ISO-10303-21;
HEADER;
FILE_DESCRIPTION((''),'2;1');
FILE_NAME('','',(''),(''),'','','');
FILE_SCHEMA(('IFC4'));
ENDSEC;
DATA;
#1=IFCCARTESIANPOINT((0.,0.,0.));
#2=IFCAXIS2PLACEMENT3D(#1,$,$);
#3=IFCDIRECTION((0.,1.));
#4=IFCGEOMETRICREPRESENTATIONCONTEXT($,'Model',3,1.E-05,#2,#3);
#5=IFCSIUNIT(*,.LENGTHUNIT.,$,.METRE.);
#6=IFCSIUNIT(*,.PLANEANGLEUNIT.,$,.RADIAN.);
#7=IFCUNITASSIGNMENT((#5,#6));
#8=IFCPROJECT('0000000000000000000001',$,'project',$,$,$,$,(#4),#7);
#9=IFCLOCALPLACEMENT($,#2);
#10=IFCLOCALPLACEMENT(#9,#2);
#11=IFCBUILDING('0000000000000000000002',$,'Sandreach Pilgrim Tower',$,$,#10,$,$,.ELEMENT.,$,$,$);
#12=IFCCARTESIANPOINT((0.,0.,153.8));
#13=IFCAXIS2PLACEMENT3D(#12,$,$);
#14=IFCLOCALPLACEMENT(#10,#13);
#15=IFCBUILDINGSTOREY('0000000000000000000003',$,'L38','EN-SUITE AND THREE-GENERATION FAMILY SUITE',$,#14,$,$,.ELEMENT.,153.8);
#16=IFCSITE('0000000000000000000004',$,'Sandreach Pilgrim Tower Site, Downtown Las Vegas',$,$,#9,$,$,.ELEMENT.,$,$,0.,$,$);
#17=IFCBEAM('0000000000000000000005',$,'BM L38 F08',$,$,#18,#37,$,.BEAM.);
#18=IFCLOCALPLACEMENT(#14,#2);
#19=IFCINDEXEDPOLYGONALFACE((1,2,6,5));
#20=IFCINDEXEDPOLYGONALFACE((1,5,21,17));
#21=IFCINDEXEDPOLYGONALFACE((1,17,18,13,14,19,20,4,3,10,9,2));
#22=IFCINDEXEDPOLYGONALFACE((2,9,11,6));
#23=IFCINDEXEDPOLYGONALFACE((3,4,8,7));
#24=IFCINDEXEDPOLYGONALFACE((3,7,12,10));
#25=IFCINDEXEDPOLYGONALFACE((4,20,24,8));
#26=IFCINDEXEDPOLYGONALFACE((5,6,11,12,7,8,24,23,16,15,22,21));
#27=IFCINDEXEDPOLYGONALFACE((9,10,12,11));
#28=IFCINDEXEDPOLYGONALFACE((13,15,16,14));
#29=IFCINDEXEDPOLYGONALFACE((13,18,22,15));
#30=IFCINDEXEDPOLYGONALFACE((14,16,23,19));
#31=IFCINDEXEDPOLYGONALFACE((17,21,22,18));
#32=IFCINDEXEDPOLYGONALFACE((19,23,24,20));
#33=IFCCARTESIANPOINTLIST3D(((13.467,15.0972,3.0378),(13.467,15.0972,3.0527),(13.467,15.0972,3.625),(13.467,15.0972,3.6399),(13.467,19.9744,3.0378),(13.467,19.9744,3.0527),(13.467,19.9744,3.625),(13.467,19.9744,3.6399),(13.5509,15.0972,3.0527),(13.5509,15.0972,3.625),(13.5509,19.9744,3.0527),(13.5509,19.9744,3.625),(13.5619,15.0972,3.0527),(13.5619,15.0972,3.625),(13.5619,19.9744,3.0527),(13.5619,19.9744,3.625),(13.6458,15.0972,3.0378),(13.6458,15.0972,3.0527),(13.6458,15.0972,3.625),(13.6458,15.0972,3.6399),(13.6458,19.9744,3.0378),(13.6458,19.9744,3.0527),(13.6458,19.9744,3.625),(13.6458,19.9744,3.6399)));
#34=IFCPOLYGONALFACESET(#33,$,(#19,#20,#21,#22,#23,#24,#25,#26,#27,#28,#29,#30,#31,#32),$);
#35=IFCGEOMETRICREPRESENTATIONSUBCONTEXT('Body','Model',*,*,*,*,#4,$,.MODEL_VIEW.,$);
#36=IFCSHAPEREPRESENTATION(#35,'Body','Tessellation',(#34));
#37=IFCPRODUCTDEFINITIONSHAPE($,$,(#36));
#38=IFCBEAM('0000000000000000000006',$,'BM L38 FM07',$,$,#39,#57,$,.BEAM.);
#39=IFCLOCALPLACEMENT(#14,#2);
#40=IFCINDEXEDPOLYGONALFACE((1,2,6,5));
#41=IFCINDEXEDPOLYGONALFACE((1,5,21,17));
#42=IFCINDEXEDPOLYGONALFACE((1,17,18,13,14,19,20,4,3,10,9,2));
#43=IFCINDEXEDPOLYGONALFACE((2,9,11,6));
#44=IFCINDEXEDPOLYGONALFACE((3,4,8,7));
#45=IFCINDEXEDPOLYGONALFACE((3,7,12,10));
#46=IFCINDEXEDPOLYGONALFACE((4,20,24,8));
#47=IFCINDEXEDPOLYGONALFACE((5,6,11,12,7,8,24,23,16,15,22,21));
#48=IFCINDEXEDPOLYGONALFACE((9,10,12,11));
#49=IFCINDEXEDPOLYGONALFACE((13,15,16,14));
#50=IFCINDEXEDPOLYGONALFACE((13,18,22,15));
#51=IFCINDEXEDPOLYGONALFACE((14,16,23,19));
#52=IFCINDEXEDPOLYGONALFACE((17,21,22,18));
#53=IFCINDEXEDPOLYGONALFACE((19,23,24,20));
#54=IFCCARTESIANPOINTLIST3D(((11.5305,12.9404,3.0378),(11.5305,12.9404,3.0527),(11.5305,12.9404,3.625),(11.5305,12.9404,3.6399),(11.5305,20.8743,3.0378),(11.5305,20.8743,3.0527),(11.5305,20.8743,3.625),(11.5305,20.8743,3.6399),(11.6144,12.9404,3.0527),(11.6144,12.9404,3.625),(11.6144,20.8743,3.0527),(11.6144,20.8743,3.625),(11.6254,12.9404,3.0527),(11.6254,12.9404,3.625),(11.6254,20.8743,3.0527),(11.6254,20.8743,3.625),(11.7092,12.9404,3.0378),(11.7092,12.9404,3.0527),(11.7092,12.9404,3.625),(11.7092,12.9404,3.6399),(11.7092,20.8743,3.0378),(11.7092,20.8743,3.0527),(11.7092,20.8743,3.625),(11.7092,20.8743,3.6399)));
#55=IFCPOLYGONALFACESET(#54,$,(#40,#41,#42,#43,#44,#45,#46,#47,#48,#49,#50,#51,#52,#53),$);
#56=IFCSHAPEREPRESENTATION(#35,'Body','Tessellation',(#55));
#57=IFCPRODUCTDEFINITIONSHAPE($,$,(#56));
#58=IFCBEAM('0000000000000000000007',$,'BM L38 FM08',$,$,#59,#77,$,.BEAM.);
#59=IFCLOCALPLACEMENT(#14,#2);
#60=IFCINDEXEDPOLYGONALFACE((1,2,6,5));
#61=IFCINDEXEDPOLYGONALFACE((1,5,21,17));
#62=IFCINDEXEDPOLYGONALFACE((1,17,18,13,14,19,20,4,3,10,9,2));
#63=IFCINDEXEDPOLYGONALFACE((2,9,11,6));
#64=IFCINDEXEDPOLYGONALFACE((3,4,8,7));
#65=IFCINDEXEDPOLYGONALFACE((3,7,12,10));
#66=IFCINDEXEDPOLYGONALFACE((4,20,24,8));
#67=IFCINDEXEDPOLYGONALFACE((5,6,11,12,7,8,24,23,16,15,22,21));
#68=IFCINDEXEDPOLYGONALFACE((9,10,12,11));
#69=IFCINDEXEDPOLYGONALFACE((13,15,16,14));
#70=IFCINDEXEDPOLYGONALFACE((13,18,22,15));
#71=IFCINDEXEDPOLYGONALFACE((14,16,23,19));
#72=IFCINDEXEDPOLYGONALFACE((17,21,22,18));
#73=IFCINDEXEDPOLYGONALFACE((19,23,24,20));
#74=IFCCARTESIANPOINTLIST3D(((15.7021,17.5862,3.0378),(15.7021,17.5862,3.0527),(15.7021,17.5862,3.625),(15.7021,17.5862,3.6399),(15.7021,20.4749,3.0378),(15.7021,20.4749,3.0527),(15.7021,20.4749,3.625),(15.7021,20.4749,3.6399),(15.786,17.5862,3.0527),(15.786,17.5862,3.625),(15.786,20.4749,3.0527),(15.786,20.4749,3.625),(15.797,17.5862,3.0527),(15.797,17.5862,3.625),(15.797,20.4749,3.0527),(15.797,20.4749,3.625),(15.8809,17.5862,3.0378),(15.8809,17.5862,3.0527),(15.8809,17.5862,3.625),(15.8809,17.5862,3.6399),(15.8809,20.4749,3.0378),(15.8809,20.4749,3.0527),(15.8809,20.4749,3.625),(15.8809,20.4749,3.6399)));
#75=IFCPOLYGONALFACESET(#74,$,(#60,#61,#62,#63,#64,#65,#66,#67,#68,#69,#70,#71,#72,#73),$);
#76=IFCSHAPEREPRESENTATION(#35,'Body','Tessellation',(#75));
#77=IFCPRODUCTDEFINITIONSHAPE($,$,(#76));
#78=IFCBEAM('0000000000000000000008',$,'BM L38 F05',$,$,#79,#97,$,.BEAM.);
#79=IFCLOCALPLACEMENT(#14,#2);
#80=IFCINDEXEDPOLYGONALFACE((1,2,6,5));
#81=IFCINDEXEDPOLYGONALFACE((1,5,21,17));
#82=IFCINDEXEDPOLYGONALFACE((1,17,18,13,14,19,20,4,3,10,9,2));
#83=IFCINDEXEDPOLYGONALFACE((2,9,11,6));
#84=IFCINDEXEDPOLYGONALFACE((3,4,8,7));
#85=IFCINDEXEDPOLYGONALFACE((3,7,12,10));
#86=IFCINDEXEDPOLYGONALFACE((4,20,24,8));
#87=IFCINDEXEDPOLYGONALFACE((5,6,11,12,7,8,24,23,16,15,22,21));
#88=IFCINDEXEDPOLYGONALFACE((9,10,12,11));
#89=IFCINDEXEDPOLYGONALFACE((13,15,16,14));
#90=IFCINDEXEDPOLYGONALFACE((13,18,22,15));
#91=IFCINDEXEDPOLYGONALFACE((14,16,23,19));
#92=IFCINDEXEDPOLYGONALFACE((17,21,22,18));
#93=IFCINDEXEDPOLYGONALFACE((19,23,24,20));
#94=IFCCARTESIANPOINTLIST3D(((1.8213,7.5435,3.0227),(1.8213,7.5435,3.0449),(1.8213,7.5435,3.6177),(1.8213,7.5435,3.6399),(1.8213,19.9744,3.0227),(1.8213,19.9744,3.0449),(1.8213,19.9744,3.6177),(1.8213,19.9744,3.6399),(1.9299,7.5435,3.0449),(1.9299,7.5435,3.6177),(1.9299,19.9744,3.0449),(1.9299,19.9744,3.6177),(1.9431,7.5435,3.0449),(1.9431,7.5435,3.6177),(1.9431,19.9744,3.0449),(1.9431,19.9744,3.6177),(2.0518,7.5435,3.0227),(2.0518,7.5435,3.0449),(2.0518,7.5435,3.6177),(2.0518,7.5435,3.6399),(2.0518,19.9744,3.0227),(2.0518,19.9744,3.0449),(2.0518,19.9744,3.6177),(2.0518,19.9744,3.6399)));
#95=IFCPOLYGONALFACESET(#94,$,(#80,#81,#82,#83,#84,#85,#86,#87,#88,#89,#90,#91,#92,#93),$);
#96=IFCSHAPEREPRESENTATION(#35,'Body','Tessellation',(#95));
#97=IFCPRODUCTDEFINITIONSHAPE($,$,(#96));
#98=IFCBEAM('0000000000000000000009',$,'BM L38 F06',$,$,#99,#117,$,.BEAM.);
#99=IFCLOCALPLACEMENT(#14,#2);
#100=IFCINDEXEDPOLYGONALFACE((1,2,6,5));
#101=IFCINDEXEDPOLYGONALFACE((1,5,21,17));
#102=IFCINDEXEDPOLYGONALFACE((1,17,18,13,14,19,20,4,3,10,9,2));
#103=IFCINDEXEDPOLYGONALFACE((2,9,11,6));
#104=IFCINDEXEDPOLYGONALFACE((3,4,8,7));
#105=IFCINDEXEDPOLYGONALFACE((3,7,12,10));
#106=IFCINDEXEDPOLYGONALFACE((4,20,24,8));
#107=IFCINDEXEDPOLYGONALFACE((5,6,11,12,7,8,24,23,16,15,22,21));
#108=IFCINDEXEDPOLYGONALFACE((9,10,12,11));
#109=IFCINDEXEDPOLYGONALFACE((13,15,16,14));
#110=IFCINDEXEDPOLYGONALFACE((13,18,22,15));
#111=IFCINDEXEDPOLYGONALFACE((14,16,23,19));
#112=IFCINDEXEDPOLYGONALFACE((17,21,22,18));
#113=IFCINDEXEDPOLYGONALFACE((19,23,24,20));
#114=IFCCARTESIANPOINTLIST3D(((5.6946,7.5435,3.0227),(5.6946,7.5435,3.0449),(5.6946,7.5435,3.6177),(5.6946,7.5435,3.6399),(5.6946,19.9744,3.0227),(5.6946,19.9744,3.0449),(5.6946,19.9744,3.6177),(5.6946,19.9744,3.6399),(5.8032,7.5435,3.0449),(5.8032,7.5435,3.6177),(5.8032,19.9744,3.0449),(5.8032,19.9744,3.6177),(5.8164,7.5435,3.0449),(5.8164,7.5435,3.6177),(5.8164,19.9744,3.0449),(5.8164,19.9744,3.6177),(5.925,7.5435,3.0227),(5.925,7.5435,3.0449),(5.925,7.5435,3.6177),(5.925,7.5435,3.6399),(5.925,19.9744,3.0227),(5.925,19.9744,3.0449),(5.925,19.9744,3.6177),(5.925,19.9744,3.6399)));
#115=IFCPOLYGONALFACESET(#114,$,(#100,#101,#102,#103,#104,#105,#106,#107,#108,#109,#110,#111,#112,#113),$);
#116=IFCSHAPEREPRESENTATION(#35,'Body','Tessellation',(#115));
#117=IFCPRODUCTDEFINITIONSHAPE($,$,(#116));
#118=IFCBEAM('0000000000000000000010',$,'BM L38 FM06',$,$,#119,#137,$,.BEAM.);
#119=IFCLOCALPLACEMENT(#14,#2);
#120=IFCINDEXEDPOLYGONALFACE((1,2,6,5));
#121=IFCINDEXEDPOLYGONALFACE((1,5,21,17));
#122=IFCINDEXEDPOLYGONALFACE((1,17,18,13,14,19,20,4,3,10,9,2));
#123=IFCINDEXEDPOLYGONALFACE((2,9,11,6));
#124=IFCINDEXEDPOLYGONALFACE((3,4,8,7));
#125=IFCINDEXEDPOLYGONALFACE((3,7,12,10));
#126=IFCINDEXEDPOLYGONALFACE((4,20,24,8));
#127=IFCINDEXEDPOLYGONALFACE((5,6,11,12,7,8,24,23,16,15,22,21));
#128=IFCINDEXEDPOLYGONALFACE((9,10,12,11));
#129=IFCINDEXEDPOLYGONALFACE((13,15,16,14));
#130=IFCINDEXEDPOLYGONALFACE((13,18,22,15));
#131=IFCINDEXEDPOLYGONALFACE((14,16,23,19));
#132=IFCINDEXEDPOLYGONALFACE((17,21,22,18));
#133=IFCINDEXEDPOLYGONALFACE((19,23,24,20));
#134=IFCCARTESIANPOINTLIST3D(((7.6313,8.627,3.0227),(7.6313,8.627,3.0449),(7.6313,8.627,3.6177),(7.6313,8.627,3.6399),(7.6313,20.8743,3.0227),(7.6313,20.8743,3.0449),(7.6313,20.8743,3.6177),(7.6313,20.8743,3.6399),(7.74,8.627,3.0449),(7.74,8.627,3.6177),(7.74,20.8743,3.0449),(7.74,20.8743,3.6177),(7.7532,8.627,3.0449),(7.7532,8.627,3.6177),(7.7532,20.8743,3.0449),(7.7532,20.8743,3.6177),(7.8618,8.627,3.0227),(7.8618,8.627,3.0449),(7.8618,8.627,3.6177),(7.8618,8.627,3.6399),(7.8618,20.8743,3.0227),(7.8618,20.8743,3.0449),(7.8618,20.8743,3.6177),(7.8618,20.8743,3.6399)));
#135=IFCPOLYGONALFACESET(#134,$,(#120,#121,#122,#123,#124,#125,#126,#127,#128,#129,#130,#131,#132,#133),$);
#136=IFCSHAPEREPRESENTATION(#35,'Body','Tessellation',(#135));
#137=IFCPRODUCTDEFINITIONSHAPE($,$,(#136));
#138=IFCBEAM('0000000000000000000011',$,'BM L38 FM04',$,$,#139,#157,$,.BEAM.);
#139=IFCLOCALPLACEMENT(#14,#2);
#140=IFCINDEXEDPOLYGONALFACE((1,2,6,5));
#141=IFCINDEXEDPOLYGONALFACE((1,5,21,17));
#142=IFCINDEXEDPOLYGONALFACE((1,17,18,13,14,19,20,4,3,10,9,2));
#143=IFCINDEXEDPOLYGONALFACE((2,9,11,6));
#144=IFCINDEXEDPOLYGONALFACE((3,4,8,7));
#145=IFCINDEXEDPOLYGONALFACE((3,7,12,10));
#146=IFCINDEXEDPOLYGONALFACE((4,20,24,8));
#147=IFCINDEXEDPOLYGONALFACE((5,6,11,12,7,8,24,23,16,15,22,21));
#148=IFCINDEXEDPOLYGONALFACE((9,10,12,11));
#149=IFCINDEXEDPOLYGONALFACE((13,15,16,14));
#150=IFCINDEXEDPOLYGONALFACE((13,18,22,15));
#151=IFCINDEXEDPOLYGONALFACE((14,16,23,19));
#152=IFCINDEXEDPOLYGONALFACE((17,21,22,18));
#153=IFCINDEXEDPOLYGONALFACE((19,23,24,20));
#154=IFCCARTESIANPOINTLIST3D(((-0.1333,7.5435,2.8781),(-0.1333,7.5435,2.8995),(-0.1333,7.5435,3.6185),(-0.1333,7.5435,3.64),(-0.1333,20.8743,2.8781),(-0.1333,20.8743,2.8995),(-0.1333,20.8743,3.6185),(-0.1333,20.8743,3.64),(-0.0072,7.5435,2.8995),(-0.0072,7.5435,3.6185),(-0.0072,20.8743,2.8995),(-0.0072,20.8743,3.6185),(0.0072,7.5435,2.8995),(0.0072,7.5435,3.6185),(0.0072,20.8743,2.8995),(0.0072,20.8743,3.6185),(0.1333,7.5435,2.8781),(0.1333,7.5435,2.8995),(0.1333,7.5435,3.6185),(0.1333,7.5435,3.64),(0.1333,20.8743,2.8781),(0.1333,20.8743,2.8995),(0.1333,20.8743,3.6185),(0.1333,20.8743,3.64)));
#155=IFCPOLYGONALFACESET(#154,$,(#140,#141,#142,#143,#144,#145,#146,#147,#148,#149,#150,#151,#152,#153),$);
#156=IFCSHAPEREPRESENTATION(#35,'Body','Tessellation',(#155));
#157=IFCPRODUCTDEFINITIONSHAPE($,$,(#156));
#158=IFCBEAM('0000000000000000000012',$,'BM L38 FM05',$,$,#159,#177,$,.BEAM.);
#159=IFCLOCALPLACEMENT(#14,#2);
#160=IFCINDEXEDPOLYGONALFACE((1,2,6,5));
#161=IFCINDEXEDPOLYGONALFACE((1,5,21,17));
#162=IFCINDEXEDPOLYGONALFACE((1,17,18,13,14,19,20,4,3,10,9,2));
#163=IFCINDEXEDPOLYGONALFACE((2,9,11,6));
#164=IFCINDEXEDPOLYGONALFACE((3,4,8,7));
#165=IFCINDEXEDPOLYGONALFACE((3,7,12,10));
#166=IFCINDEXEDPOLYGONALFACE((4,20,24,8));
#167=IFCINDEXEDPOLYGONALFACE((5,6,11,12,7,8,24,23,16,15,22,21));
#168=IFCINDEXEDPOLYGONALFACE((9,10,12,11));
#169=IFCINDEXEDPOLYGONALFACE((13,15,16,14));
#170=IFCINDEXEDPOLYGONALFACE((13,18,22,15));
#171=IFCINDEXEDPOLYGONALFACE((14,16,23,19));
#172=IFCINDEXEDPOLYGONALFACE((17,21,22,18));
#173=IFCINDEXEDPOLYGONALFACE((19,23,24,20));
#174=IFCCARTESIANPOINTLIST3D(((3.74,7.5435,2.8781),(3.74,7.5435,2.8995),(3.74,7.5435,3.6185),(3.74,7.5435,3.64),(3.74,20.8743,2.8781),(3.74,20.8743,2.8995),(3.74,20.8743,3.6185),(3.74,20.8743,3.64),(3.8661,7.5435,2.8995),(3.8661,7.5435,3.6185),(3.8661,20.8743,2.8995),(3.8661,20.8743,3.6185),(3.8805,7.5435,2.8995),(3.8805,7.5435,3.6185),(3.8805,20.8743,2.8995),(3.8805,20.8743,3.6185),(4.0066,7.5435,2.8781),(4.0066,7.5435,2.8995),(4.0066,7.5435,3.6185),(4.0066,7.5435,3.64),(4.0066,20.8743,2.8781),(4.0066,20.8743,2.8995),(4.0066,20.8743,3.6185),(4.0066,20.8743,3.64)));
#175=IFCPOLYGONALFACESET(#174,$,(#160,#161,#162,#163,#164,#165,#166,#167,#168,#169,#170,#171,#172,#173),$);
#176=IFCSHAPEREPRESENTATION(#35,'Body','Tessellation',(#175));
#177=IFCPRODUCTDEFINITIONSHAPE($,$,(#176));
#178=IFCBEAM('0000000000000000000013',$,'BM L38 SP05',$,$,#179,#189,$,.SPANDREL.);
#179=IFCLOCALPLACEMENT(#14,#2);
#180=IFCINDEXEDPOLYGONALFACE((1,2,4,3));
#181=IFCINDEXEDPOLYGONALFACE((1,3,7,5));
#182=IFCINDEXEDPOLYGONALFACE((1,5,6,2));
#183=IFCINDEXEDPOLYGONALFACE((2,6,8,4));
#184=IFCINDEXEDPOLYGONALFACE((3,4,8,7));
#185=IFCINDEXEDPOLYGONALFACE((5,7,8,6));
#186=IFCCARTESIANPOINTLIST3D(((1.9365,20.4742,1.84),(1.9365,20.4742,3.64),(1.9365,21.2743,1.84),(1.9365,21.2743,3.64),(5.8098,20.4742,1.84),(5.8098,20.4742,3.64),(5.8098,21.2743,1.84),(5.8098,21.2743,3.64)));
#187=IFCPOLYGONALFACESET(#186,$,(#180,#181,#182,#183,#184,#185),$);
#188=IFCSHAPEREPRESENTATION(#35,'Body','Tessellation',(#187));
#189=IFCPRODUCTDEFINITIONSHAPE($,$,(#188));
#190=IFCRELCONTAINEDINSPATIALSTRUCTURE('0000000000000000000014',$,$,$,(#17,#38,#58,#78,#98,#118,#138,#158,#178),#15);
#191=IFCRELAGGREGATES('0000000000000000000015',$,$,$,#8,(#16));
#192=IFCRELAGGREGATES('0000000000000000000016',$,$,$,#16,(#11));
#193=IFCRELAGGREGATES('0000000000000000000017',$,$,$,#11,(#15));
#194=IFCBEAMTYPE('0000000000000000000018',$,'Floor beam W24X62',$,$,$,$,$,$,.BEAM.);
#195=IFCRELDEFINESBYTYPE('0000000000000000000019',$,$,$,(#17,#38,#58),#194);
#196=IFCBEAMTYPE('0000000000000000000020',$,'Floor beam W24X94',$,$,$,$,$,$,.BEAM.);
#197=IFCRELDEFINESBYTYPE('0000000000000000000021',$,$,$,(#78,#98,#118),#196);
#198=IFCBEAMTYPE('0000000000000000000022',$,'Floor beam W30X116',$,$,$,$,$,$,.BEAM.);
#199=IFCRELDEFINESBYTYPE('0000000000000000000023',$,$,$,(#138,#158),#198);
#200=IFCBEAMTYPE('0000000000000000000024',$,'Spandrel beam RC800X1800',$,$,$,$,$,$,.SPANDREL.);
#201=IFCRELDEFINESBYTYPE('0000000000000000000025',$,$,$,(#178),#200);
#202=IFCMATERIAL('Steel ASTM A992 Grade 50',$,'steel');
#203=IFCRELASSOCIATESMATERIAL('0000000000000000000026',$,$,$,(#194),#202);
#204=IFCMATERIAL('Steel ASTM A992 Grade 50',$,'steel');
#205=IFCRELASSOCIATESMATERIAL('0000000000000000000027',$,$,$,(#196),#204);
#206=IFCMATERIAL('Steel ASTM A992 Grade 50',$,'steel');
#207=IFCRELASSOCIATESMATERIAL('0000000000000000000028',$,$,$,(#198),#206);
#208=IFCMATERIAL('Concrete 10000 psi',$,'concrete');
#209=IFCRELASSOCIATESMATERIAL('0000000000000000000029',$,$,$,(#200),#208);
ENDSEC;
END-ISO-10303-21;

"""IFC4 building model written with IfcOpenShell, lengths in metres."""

from ifc_helpers import new_model, si_unit, direction, frame, origin, origin_2d, place, context, subcontext, project, spatial, rectangle, i_section, extrude, material, material_profile, profile_set, type_object, element, save


model = new_model("IFC4")

# Units and contexts
model_context = context("Model", 3, precision=1e-05, world=origin(), true_north=direction((0.0, 1.0)))
body_context = subcontext(model_context, "Body", "Model", "MODEL_VIEW")
ifc_project = project(units=[si_unit("LENGTHUNIT", "METRE"), si_unit("PLANEANGLEUNIT", "RADIAN")], contexts=[model_context])

# Site, building, storey
site_placement = place(None, origin())
site = spatial("IfcSite", under=ifc_project, at=site_placement, Name="Sandreach Pilgrim Tower Site, Downtown Las Vegas", CompositionType="ELEMENT", RefElevation=0.0)
building_placement = place(site_placement, origin())
building = spatial("IfcBuilding", under=site, at=building_placement, Name="Sandreach Pilgrim Tower", CompositionType="ELEMENT")
storey_placement = place(building_placement, frame((0.0, 0.0, 153.8)))
storey = spatial("IfcBuildingStorey", under=building, at=storey_placement, Name="L38", Description="EN-SUITE AND THREE-GENERATION FAMILY SUITE", CompositionType="ELEMENT", Elevation=153.8)

# Beams
ifc_material_1 = material(Name="Steel ASTM A992 Grade 50", Category="steel")
ifc_material_profile_1 = material_profile(ifc_material_1, i_section(OverallWidth=0.1787, OverallDepth=0.6021, WebThickness=0.011, FlangeThickness=0.0149, at=origin_2d()), Name="W24X62")
ifc_profile_set_1 = profile_set([ifc_material_profile_1], Name="Steel ASTM A992 Grade 50")
beam_type_1 = type_object("IfcBeamType", Name="Floor beam W24X62", PredefinedType="BEAM", material=ifc_profile_set_1)
beam_1_placement = place(storey_placement, frame((13.5564, 19.9744, 3.3389), z_axis=(0.0, -1.0, 0.0), x_axis=(1.0, 0.0, 0.0)))
element("IfcBeam", 1, at=beam_1_placement, inside=storey, type_object=beam_type_1, Name="BM L38 F08", PredefinedType="BEAM", context=body_context, shape_type="SweptSolid", body=[
    extrude(i_section(OverallWidth=0.1787, OverallDepth=0.6021, WebThickness=0.011, FlangeThickness=0.0149, at=origin_2d()), origin(), (0.0, 0.0, 1.0), 4.8772),
])
beam_2_placement = place(storey_placement, frame((11.6199, 20.8743, 3.3389), z_axis=(0.0, -1.0, 0.0), x_axis=(1.0, 0.0, 0.0)))
element("IfcBeam", 2, at=beam_2_placement, inside=storey, type_object=beam_type_1, Name="BM L38 FM07", PredefinedType="BEAM", context=body_context, shape_type="SweptSolid", body=[
    extrude(i_section(OverallWidth=0.1787, OverallDepth=0.6021, WebThickness=0.011, FlangeThickness=0.0149, at=origin_2d()), origin(), (0.0, 0.0, 1.0), 7.9338),
])
beam_3_placement = place(storey_placement, frame((15.7915, 20.4749, 3.3389), z_axis=(0.0, -1.0, 0.0), x_axis=(1.0, 0.0, 0.0)))
element("IfcBeam", 3, at=beam_3_placement, inside=storey, type_object=beam_type_1, Name="BM L38 FM08", PredefinedType="BEAM", context=body_context, shape_type="SweptSolid", body=[
    extrude(i_section(OverallWidth=0.1787, OverallDepth=0.6021, WebThickness=0.011, FlangeThickness=0.0149, at=origin_2d()), origin(), (0.0, 0.0, 1.0), 2.8887),
])
ifc_material_2 = material(Name="Steel ASTM A992 Grade 50", Category="steel")
ifc_material_profile_2 = material_profile(ifc_material_2, i_section(OverallWidth=0.2305, OverallDepth=0.6172, WebThickness=0.0132, FlangeThickness=0.0222, at=origin_2d()), Name="W24X94")
ifc_profile_set_2 = profile_set([ifc_material_profile_2], Name="Steel ASTM A992 Grade 50")
beam_type_2 = type_object("IfcBeamType", Name="Floor beam W24X94", PredefinedType="BEAM", material=ifc_profile_set_2)
for number, where, z_axis, x_axis, name in (
    (4, (1.9365, 19.9744, 3.3313), (0.0, -1.0, 0.0), (1.0, 0.0, 0.0), "BM L38 F05"),
    (5, (5.8098, 19.9744, 3.3313), (0.0, -1.0, 0.0), (1.0, 0.0, 0.0), "BM L38 F06"),
):
    element("IfcBeam", number, at=place(storey_placement, frame(where, z_axis=z_axis, x_axis=x_axis)), inside=storey, type_object=beam_type_2, Name=name, PredefinedType="BEAM", context=body_context, shape_type="SweptSolid", body=[
        extrude(i_section(OverallWidth=0.2305, OverallDepth=0.6172, WebThickness=0.0132, FlangeThickness=0.0222, at=origin_2d()), origin(), (0.0, 0.0, 1.0), 12.4309),
    ])
beam_4_placement = place(storey_placement, frame((7.7466, 20.8743, 3.3313), z_axis=(0.0, -1.0, 0.0), x_axis=(1.0, 0.0, 0.0)))
element("IfcBeam", 6, at=beam_4_placement, inside=storey, type_object=beam_type_2, Name="BM L38 FM06", PredefinedType="BEAM", context=body_context, shape_type="SweptSolid", body=[
    extrude(i_section(OverallWidth=0.2305, OverallDepth=0.6172, WebThickness=0.0132, FlangeThickness=0.0222, at=origin_2d()), origin(), (0.0, 0.0, 1.0), 12.2473),
])
ifc_material_3 = material(Name="Steel ASTM A992 Grade 50", Category="steel")
ifc_material_profile_3 = material_profile(ifc_material_3, i_section(OverallWidth=0.2666, OverallDepth=0.762, WebThickness=0.0144, FlangeThickness=0.0215, at=origin_2d()), Name="W30X116")
ifc_profile_set_3 = profile_set([ifc_material_profile_3], Name="Steel ASTM A992 Grade 50")
beam_type_3 = type_object("IfcBeamType", Name="Floor beam W30X116", PredefinedType="BEAM", material=ifc_profile_set_3)
for number, where, z_axis, x_axis, name in (
    (7, (0.0, 20.8743, 3.259), (0.0, -1.0, 0.0), (1.0, 0.0, 0.0), "BM L38 FM04"),
    (8, (3.8733, 20.8743, 3.259), (0.0, -1.0, 0.0), (1.0, 0.0, 0.0), "BM L38 FM05"),
):
    element("IfcBeam", number, at=place(storey_placement, frame(where, z_axis=z_axis, x_axis=x_axis)), inside=storey, type_object=beam_type_3, Name=name, PredefinedType="BEAM", context=body_context, shape_type="SweptSolid", body=[
        extrude(i_section(OverallWidth=0.2666, OverallDepth=0.762, WebThickness=0.0144, FlangeThickness=0.0215, at=origin_2d()), origin(), (0.0, 0.0, 1.0), 13.3308),
    ])
ifc_material_4 = material(Name="Concrete 10000 psi", Category="concrete")
ifc_material_profile_4 = material_profile(ifc_material_4, rectangle(XDim=0.8, YDim=1.8, at=origin_2d()), Name="RC800X1800")
ifc_profile_set_4 = profile_set([ifc_material_profile_4], Name="Concrete 10000 psi")
beam_type_4 = type_object("IfcBeamType", Name="Spandrel beam RC800X1800", PredefinedType="SPANDREL", material=ifc_profile_set_4)
for number, where, z_axis, x_axis, name in (
    (9, (1.9365, 20.8743, 2.74), (1.0, 0.0, 0.0), (0.0, 1.0, 0.0), "BM L38 SP05"),
):
    element("IfcBeam", number, at=place(storey_placement, frame(where, z_axis=z_axis, x_axis=x_axis)), inside=storey, type_object=beam_type_4, Name=name, PredefinedType="SPANDREL", context=body_context, shape_type="SweptSolid", body=[
        extrude(rectangle(XDim=0.8, YDim=1.8, at=origin_2d()), origin(), (0.0, 0.0, 1.0), 3.8733),
    ])

save(model, "model.ifc")
